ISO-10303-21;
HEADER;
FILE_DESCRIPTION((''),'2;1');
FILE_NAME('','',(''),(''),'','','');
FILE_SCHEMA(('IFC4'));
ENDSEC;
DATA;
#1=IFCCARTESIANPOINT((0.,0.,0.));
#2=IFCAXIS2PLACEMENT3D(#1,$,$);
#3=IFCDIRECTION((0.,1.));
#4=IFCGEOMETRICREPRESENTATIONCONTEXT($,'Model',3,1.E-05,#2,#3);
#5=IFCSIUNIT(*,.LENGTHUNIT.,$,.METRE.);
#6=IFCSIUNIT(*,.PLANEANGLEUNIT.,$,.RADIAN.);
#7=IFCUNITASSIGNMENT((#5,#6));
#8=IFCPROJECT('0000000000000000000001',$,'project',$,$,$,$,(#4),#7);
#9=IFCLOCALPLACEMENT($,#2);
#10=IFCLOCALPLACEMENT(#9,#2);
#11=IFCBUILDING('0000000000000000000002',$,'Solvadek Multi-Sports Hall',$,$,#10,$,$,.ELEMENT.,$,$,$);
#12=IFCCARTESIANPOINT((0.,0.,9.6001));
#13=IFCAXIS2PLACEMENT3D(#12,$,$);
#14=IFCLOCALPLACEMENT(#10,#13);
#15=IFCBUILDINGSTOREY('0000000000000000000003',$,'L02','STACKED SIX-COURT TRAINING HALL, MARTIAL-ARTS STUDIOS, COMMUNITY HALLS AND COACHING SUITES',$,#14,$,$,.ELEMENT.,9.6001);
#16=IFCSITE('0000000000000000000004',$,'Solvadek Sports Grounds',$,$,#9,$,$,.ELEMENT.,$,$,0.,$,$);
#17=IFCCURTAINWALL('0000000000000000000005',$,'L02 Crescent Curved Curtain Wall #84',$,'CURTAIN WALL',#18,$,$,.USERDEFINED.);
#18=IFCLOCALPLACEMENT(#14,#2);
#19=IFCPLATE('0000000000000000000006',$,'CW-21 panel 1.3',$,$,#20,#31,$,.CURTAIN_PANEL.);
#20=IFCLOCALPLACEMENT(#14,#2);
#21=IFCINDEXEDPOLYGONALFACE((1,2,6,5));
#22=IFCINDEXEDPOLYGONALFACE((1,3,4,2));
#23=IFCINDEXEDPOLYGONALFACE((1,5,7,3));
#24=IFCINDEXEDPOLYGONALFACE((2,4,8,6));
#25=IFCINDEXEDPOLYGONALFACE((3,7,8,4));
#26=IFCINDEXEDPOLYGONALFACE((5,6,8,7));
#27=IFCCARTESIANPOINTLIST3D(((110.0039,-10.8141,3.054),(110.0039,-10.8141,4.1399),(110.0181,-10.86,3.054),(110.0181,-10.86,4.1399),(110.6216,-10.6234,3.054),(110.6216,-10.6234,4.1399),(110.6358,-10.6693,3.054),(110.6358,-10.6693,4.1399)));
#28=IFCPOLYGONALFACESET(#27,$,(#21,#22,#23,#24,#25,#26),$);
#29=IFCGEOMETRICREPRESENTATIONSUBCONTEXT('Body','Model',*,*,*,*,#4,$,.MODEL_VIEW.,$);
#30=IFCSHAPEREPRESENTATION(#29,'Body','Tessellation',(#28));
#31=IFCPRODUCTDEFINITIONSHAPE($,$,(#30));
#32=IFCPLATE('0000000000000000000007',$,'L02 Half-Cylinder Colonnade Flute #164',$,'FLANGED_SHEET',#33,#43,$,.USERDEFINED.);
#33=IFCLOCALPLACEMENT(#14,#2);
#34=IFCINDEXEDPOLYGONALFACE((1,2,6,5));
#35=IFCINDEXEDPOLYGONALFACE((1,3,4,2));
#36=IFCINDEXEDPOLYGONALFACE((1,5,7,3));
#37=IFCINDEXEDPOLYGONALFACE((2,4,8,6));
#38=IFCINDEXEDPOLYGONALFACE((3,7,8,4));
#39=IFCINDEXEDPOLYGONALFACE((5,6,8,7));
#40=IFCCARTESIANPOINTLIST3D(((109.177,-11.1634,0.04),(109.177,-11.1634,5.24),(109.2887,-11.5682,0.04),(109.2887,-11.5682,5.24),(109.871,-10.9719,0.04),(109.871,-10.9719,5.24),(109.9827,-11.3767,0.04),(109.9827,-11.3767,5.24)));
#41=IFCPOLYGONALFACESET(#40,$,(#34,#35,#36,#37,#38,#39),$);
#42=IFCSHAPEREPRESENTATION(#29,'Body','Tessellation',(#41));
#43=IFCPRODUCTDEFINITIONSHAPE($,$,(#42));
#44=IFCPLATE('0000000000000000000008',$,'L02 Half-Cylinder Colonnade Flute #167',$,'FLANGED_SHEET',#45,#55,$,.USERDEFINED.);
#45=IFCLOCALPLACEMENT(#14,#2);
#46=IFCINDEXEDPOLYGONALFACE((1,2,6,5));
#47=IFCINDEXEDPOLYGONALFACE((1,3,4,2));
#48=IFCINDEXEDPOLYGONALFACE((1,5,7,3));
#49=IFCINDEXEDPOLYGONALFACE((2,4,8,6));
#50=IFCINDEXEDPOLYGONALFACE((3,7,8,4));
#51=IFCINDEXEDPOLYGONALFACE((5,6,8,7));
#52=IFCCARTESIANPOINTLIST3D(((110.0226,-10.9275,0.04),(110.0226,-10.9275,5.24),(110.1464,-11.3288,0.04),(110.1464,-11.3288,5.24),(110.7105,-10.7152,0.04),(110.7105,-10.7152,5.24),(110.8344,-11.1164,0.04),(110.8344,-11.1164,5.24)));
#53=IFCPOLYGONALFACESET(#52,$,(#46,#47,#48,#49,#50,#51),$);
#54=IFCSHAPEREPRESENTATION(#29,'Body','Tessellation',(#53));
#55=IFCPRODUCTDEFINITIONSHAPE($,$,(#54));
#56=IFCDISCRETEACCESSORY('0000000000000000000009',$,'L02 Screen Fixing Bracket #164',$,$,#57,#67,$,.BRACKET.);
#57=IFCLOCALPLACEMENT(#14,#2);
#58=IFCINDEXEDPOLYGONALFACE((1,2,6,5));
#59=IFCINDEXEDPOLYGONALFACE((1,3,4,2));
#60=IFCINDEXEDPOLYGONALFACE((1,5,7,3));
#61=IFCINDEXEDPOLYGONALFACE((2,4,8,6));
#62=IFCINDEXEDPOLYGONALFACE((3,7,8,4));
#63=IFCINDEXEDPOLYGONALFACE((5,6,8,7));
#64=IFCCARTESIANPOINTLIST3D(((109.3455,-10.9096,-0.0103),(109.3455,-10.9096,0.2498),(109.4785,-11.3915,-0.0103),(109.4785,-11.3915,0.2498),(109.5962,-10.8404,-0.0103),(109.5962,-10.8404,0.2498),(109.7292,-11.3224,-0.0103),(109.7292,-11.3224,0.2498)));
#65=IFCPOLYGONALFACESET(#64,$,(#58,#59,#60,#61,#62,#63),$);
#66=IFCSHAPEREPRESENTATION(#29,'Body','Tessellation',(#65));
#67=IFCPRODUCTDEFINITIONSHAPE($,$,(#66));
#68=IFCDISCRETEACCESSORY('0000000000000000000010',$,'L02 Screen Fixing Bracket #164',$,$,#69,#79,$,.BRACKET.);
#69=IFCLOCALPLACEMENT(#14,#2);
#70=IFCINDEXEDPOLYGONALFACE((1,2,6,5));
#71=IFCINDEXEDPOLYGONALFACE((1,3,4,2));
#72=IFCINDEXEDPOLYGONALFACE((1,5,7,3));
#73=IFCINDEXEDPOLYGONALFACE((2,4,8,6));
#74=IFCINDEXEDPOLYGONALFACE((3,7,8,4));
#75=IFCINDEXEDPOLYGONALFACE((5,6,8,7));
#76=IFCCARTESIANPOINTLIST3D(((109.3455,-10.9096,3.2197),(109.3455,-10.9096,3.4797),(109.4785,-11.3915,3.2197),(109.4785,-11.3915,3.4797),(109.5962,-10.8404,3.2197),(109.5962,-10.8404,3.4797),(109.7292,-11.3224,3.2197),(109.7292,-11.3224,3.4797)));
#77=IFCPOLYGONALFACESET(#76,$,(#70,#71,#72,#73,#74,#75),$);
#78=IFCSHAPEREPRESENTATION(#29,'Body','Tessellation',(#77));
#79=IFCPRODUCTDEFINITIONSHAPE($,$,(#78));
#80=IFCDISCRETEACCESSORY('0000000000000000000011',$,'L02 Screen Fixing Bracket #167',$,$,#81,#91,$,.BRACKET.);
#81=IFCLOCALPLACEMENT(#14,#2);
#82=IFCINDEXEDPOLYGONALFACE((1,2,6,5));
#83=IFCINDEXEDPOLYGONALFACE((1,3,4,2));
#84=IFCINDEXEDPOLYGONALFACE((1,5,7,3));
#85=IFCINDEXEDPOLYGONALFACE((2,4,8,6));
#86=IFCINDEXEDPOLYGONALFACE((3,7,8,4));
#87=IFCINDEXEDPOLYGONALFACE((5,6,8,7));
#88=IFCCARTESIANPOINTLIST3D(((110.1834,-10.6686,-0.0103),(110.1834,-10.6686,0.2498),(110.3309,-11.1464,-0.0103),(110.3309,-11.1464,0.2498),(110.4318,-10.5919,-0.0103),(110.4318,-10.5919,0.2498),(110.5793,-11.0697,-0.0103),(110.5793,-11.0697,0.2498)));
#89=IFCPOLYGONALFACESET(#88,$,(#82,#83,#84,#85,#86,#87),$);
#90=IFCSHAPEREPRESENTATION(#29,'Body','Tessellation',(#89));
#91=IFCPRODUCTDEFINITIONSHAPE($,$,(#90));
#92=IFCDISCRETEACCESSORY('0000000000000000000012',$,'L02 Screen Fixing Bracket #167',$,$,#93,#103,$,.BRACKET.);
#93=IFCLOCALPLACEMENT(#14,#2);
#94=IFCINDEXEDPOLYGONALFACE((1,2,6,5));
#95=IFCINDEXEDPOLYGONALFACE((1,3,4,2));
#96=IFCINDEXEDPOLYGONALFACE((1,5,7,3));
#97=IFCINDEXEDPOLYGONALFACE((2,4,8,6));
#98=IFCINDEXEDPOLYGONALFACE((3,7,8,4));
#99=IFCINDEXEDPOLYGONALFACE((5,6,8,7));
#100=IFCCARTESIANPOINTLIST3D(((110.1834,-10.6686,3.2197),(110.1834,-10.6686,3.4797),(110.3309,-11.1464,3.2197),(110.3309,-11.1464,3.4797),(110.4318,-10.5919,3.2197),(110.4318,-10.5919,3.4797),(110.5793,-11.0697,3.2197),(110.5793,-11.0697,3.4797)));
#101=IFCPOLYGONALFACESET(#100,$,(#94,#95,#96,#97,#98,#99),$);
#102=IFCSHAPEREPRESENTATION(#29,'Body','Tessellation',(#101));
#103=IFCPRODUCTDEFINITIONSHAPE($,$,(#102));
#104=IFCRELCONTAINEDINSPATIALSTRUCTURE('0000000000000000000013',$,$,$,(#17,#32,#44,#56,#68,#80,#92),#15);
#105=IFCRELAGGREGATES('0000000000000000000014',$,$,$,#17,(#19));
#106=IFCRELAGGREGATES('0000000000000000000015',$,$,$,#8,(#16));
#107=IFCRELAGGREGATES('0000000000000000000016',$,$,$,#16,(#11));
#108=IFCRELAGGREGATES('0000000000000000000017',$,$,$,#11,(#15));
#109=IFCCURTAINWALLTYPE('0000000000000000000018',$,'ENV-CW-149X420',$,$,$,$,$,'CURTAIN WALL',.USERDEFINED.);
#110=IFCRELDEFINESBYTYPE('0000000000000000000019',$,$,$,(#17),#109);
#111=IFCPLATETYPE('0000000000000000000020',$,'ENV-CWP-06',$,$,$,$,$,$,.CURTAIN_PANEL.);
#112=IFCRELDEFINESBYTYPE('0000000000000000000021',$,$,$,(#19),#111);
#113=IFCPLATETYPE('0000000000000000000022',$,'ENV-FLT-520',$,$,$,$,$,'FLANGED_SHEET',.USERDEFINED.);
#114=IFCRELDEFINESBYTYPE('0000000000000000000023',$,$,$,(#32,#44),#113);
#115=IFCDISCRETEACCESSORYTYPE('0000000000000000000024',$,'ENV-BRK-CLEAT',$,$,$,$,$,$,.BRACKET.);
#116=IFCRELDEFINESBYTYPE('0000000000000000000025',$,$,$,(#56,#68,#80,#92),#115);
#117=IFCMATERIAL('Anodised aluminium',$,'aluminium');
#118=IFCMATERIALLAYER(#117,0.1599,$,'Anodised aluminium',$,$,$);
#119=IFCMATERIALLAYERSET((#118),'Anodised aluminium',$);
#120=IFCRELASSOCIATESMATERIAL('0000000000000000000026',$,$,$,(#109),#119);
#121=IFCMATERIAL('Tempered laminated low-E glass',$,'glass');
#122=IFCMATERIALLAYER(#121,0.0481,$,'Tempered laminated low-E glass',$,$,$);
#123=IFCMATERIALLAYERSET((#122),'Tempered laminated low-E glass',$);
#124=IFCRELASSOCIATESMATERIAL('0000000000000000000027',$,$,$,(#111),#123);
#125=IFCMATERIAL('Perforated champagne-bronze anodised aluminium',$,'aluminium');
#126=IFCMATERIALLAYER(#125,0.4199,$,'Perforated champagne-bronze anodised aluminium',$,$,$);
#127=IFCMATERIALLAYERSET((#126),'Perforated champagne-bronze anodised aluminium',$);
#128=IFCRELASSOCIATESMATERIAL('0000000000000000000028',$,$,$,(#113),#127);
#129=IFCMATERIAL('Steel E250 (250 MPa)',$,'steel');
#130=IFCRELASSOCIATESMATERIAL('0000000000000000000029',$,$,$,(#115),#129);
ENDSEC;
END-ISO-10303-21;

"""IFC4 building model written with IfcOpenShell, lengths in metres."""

from ifc_helpers import new_model, si_unit, direction, frame, origin, origin_2d, place, context, subcontext, project, spatial, rectangle, extrude, material, layer, layer_set, type_object, element, aggregate, save


model = new_model("IFC4")

# Units and contexts
model_context = context("Model", 3, precision=1e-05, world=origin(), true_north=direction((0.0, 1.0)))
body_context = subcontext(model_context, "Body", "Model", "MODEL_VIEW")
ifc_project = project(units=[si_unit("LENGTHUNIT", "METRE"), si_unit("PLANEANGLEUNIT", "RADIAN")], contexts=[model_context])

# Site, building, storey
site_placement = place(None, origin())
site = spatial("IfcSite", under=ifc_project, at=site_placement, Name="Solvadek Sports Grounds", CompositionType="ELEMENT", RefElevation=0.0)
building_placement = place(site_placement, origin())
building = spatial("IfcBuilding", under=site, at=building_placement, Name="Solvadek Multi-Sports Hall", CompositionType="ELEMENT")
storey_placement = place(building_placement, frame((0.0, 0.0, 9.6001)))
storey = spatial("IfcBuildingStorey", under=building, at=storey_placement, Name="L02", Description="STACKED SIX-COURT TRAINING HALL, MARTIAL-ARTS STUDIOS, COMMUNITY HALLS AND COACHING SUITES", CompositionType="ELEMENT", Elevation=9.6001)

# Curtain wall
ifc_material_1 = material(Name="Anodised aluminium", Category="aluminium")
ifc_layer_1 = layer(ifc_material_1, 0.1599, Name="Anodised aluminium")
ifc_layer_set_1 = layer_set([ifc_layer_1], Name="Anodised aluminium")
curtain_wall_type_1 = type_object("IfcCurtainWallType", Name="ENV-CW-149X420", ElementType="CURTAIN WALL", PredefinedType="USERDEFINED", material=ifc_layer_set_1)
curtain_wall_1_placement = place(storey_placement, origin())
curtain_wall_1 = element("IfcCurtainWall", 1, at=curtain_wall_1_placement, inside=storey, type_object=curtain_wall_type_1, Name="L02 Crescent Curved Curtain Wall #84", ObjectType="CURTAIN WALL", PredefinedType="USERDEFINED")

# Plate
ifc_material_2 = material(Name="Tempered laminated low-E glass", Category="glass")
ifc_layer_2 = layer(ifc_material_2, 0.0481, Name="Tempered laminated low-E glass")
ifc_layer_set_2 = layer_set([ifc_layer_2], Name="Tempered laminated low-E glass")
plate_type_1 = type_object("IfcPlateType", Name="ENV-CWP-06", PredefinedType="CURTAIN_PANEL", material=ifc_layer_set_2)
plate_1_placement = place(storey_placement, frame((110.3198, -10.7417, 3.054), z_axis=(0.0, 0.0, 1.0), x_axis=(0.955521, 0.294922, 0.0)))
plate_1 = element("IfcPlate", 2, at=plate_1_placement, type_object=plate_type_1, Name="CW-21 panel 1.3", PredefinedType="CURTAIN_PANEL", context=body_context, shape_type="SweptSolid", body=[
    extrude(rectangle(XDim=0.6465, YDim=0.0481, at=origin_2d()), origin(), (0.0, 0.0, 1.0), 1.0859),
])
aggregate(curtain_wall_1, [plate_1])

# Plates
ifc_material_3 = material(Name="Perforated champagne-bronze anodised aluminium", Category="aluminium")
ifc_layer_3 = layer(ifc_material_3, 0.4199, Name="Perforated champagne-bronze anodised aluminium")
ifc_layer_set_3 = layer_set([ifc_layer_3], Name="Perforated champagne-bronze anodised aluminium")
plate_type_2 = type_object("IfcPlateType", Name="ENV-FLT-520", ElementType="FLANGED_SHEET", PredefinedType="USERDEFINED", material=ifc_layer_set_3)
for number, where, z_axis, x_axis, name in (
    (3, (109.5798, -11.27, 0.04), (0.0, 0.0, 1.0), (0.96397, 0.26601, 0.0), "L02 Half-Cylinder Colonnade Flute #164"),
    (4, (110.4285, -11.022, 0.04), (0.0, 0.0, 1.0), (0.955527, 0.294905, 0.0), "L02 Half-Cylinder Colonnade Flute #167"),
):
    element("IfcPlate", number, at=place(storey_placement, frame(where, z_axis=z_axis, x_axis=x_axis)), inside=storey, type_object=plate_type_2, Name=name, ObjectType="FLANGED_SHEET", PredefinedType="USERDEFINED", context=body_context, shape_type="SweptSolid", body=[
        extrude(rectangle(XDim=0.72, YDim=0.4199, at=origin_2d()), origin(), (0.0, 0.0, 1.0), 5.2),
    ])

# Discrete accessories
ifc_material_4 = material(Name="Steel E250 (250 MPa)", Category="steel")
discrete_accessory_type = type_object("IfcDiscreteAccessoryType", Name="ENV-BRK-CLEAT", PredefinedType="BRACKET", material=ifc_material_4)
for number, where, z_axis, x_axis, name in (
    (5, (109.5374, -11.116, -0.0103), (0.0, 0.0, 1.0), (0.96397, 0.26601, 0.0), "L02 Screen Fixing Bracket #164"),
    (6, (109.5374, -11.116, 3.2197), (0.0, 0.0, 1.0), (0.96397, 0.26601, 0.0), "L02 Screen Fixing Bracket #164"),
    (7, (110.3813, -10.8691, -0.0103), (0.0, 0.0, 1.0), (0.955527, 0.294905, 0.0), "L02 Screen Fixing Bracket #167"),
    (8, (110.3813, -10.8691, 3.2197), (0.0, 0.0, 1.0), (0.955527, 0.294905, 0.0), "L02 Screen Fixing Bracket #167"),
):
    element("IfcDiscreteAccessory", number, at=place(storey_placement, frame(where, z_axis=z_axis, x_axis=x_axis)), inside=storey, type_object=discrete_accessory_type, Name=name, PredefinedType="BRACKET", context=body_context, shape_type="SweptSolid", body=[
        extrude(rectangle(XDim=0.26, YDim=0.5, at=origin_2d()), origin(), (0.0, 0.0, 1.0), 0.26),
    ])

save(model, "model.ifc")
